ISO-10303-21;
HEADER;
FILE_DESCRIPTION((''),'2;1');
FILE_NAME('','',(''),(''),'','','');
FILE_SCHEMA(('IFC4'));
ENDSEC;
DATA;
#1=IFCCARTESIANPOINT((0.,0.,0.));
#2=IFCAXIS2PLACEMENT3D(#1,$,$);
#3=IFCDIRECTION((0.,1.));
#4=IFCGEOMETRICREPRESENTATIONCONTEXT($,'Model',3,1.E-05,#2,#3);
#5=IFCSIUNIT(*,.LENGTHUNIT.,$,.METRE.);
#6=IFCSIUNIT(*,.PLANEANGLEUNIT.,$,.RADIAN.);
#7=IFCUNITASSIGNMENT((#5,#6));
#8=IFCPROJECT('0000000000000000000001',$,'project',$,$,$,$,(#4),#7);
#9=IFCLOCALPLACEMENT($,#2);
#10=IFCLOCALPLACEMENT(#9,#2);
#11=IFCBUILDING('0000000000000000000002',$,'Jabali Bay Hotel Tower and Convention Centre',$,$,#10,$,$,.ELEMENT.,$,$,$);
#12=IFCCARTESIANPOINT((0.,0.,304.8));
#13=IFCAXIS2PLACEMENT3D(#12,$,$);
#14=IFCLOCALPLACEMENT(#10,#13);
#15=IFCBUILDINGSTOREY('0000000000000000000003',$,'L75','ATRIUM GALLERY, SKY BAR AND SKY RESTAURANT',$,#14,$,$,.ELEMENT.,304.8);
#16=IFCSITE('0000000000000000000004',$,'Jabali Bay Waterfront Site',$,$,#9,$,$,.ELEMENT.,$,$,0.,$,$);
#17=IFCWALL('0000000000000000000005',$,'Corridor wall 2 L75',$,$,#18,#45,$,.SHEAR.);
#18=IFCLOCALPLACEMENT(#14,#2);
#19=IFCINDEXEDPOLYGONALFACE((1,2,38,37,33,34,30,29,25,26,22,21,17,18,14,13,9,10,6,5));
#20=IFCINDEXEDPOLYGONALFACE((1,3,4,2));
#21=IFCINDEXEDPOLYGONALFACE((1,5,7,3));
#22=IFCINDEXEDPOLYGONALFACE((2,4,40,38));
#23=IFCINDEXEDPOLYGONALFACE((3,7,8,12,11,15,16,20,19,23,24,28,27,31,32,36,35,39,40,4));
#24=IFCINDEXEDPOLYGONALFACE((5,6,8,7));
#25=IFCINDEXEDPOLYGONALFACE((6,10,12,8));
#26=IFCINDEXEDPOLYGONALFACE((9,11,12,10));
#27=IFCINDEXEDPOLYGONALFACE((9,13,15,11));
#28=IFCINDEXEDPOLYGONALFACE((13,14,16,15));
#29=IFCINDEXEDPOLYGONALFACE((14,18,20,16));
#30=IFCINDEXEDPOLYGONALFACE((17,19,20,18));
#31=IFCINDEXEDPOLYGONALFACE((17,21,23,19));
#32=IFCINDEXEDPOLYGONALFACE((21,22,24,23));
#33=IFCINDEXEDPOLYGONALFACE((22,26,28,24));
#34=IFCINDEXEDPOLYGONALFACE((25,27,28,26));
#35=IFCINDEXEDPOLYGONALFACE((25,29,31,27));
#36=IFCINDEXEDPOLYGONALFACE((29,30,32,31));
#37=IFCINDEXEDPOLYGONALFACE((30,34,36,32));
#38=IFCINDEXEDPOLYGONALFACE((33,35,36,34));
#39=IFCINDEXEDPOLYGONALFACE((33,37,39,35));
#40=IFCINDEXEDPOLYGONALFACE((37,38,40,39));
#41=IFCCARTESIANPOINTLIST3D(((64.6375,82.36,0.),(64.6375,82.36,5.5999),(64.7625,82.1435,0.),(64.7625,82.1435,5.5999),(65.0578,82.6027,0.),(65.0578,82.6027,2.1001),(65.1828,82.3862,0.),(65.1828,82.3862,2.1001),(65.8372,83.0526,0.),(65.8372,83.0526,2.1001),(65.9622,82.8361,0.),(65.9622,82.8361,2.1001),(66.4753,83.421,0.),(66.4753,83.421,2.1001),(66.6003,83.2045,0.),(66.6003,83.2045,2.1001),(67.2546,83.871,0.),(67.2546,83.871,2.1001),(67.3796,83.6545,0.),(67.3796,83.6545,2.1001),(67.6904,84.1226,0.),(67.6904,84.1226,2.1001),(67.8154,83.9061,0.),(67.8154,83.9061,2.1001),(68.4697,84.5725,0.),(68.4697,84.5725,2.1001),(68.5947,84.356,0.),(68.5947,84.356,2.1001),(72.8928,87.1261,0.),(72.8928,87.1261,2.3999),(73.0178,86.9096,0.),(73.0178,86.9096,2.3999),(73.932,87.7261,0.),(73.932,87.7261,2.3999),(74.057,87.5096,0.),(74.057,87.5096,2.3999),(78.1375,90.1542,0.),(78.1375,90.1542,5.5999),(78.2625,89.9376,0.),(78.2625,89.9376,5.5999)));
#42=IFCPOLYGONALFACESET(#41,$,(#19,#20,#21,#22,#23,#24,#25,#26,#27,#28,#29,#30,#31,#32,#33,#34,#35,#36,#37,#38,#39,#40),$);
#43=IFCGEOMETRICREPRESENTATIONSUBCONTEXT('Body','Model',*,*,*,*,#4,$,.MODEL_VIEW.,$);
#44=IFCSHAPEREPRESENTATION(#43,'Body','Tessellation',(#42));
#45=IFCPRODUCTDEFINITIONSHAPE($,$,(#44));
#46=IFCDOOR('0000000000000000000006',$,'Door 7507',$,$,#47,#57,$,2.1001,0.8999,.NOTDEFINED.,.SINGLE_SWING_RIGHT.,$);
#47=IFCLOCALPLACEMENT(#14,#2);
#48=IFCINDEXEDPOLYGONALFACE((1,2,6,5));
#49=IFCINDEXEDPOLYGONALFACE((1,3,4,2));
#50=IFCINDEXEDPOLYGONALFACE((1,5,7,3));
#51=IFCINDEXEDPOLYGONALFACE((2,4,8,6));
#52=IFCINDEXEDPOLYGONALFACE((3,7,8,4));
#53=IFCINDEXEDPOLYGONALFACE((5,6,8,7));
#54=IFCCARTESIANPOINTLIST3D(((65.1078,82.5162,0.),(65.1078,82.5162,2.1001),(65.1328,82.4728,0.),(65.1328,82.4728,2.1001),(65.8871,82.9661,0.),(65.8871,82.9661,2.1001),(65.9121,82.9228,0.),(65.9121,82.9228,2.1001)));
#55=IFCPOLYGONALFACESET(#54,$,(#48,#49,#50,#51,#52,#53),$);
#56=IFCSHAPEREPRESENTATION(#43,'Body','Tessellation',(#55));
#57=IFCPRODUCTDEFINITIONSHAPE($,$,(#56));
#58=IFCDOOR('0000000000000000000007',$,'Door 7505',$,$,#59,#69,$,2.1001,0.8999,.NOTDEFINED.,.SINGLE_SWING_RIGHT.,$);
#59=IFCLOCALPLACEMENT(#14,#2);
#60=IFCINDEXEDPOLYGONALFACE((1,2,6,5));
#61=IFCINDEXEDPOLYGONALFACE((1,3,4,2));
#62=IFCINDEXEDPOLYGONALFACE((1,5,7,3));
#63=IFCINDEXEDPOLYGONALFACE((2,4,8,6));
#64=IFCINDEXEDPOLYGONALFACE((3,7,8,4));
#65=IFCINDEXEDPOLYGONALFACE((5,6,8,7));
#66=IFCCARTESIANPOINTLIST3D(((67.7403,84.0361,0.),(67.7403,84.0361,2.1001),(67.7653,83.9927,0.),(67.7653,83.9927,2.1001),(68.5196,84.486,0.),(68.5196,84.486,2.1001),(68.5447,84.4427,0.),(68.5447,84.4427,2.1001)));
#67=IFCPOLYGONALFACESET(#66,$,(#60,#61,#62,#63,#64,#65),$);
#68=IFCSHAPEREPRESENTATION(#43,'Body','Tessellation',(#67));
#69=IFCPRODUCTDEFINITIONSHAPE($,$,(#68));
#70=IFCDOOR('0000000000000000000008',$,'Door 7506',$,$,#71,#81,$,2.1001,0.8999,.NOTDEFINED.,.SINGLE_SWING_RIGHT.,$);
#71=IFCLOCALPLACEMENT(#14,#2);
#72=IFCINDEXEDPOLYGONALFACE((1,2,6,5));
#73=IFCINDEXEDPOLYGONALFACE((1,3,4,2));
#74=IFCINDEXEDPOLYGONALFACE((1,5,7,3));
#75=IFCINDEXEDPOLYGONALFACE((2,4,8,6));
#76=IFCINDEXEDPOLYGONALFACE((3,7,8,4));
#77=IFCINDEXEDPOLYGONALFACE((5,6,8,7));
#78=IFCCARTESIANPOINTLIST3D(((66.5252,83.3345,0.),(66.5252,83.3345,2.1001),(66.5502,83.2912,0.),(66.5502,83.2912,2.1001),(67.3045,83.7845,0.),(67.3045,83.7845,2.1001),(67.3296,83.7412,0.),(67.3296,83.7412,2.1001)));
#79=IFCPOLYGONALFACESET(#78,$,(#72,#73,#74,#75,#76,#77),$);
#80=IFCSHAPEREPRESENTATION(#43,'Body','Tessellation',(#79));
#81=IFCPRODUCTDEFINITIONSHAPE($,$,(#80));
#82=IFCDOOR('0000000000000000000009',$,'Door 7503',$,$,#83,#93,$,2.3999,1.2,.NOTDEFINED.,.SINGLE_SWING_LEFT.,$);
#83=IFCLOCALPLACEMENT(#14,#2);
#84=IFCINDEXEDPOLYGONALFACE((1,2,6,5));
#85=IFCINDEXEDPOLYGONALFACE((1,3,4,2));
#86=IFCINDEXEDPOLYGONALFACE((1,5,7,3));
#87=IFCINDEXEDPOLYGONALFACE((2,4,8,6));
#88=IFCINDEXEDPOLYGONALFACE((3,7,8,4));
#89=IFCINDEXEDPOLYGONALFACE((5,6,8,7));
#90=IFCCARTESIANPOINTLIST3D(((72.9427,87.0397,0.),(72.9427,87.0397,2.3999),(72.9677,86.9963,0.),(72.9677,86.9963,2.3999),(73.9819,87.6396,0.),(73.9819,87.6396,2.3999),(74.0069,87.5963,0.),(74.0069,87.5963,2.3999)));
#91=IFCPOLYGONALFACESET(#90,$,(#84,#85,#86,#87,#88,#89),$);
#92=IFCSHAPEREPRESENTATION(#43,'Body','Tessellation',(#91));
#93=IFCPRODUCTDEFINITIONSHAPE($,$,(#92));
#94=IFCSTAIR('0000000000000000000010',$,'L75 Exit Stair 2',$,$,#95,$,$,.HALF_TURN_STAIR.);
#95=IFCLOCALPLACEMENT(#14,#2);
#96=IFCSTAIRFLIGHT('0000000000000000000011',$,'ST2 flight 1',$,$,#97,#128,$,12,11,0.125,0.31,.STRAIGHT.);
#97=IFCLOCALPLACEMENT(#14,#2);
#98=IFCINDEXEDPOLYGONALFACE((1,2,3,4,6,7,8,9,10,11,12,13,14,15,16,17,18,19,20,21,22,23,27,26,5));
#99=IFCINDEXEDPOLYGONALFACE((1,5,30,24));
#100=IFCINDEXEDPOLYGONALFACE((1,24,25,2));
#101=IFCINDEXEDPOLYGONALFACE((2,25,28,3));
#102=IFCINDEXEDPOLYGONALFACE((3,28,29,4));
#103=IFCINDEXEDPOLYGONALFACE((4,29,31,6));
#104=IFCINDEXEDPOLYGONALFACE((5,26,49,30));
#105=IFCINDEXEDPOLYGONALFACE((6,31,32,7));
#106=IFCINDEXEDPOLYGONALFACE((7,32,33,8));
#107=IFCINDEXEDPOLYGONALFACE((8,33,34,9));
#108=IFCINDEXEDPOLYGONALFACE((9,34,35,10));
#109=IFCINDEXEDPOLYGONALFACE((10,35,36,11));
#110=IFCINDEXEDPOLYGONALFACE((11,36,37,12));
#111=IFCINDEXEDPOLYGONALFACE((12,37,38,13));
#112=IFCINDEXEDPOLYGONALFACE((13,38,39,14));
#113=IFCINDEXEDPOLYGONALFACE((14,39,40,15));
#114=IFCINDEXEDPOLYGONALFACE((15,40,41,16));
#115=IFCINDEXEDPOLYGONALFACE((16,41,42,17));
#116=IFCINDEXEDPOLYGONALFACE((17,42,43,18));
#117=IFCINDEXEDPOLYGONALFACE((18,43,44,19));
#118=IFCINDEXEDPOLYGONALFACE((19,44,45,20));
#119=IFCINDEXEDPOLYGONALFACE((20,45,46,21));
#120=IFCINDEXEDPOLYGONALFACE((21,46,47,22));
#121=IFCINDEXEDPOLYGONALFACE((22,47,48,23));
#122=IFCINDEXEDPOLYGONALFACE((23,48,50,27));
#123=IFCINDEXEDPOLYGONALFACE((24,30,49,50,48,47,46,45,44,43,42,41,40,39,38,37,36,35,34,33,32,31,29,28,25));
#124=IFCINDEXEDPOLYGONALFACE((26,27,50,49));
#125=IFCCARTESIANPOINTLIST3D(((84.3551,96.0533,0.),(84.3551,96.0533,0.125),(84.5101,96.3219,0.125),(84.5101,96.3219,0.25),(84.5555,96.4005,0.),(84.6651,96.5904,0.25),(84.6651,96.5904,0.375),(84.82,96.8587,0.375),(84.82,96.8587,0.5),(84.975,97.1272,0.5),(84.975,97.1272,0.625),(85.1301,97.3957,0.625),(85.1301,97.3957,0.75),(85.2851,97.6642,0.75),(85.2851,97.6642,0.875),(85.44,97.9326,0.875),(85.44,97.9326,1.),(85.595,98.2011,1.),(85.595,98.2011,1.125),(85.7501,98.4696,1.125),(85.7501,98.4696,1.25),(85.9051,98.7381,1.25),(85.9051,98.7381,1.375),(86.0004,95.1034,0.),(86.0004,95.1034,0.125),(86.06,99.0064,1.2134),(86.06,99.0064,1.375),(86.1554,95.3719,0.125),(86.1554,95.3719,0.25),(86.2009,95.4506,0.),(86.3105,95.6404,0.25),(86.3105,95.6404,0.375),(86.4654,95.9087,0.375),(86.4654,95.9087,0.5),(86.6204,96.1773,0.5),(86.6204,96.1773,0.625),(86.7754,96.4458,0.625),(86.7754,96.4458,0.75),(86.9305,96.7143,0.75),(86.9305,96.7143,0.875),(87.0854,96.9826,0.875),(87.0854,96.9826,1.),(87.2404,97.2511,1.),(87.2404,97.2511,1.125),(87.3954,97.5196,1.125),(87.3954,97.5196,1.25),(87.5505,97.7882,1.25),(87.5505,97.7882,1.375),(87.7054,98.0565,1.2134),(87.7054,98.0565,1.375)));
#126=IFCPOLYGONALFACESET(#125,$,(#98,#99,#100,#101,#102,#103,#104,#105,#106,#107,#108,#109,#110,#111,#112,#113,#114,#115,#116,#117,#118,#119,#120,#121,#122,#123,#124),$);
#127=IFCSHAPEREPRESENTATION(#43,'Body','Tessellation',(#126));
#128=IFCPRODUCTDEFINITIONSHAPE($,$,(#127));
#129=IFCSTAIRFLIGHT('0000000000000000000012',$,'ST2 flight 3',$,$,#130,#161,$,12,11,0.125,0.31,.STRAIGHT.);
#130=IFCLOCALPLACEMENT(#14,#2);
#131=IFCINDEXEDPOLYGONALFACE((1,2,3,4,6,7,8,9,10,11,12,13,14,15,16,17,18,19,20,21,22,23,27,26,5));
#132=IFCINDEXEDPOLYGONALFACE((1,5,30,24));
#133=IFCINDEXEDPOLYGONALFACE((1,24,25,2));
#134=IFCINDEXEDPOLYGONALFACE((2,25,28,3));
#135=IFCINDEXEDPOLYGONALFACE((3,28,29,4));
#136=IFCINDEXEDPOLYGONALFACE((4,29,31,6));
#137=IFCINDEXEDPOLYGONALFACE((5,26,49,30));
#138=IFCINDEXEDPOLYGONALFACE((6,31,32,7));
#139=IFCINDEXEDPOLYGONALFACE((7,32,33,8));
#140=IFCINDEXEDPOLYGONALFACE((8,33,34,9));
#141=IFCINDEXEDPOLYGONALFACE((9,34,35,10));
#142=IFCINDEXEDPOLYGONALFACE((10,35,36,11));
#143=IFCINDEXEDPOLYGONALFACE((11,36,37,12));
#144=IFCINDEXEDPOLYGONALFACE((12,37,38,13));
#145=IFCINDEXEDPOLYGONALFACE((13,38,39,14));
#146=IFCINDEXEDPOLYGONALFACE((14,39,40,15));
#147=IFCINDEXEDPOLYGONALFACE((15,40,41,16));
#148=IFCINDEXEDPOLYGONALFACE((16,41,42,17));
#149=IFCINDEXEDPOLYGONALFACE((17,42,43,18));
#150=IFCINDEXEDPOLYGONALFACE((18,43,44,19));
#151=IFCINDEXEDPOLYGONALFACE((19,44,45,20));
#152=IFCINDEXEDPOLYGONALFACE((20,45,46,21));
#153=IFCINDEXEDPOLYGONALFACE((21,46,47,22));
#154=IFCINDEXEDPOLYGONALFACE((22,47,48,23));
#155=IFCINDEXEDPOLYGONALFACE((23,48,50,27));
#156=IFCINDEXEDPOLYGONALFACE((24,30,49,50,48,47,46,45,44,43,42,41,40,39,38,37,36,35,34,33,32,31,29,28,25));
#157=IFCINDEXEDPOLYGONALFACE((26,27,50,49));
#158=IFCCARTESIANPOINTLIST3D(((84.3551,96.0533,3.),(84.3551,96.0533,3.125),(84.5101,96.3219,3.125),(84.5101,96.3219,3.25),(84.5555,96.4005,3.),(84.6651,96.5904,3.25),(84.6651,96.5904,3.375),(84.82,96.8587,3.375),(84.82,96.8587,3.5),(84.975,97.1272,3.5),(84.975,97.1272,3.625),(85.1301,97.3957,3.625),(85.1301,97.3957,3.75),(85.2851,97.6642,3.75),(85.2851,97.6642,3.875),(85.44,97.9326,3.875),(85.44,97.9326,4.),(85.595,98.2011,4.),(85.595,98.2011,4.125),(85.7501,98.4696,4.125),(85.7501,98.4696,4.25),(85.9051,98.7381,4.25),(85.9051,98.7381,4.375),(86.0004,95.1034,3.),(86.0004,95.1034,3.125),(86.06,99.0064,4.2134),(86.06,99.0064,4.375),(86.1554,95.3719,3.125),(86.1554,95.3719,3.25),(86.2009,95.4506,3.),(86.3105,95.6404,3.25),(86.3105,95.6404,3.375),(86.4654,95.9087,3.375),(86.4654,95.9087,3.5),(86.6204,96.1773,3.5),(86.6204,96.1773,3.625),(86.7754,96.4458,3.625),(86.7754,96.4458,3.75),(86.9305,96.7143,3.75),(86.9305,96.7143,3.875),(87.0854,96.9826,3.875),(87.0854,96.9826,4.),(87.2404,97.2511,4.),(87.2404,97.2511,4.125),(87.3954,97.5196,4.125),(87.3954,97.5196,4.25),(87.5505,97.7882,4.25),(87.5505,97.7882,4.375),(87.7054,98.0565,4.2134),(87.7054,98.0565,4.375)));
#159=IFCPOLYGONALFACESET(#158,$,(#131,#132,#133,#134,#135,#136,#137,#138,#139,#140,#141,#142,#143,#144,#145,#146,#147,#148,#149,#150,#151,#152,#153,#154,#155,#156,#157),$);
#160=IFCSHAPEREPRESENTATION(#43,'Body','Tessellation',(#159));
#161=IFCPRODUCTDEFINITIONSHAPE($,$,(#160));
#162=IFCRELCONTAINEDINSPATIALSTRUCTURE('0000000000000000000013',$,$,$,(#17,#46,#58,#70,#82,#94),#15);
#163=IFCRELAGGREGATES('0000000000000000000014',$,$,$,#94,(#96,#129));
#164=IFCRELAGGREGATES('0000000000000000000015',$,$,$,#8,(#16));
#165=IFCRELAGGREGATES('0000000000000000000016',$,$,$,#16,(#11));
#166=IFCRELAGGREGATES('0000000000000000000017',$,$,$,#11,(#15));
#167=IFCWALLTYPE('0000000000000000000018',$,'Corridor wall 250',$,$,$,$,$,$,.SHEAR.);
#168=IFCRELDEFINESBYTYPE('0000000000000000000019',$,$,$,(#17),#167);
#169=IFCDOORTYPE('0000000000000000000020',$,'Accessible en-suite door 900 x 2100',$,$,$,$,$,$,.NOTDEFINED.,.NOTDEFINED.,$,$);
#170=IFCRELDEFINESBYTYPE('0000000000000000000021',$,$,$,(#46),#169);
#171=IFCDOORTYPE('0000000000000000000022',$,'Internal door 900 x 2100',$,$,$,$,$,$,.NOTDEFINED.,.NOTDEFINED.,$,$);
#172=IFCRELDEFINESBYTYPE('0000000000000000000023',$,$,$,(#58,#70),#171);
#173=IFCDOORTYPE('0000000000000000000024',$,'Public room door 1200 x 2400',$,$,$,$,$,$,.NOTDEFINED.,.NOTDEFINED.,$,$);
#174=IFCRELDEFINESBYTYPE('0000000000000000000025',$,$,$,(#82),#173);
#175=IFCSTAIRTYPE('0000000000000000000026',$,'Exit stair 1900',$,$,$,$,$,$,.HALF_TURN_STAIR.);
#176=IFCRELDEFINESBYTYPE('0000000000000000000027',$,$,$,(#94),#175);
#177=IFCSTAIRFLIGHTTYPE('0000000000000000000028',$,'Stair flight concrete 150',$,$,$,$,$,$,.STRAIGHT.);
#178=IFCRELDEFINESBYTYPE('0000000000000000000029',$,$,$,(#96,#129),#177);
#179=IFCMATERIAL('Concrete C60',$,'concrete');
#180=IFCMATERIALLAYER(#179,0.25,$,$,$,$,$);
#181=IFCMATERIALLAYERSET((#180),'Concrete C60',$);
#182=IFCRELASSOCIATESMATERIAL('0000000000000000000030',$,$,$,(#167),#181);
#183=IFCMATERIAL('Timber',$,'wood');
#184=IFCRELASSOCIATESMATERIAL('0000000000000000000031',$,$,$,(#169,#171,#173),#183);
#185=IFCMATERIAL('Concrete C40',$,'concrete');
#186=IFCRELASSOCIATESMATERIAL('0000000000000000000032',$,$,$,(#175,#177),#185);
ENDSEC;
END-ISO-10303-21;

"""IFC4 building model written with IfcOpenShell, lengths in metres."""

from ifc_helpers import new_model, si_unit, direction, frame, frame_2d, origin, place, context, subcontext, project, spatial, polyline, rectangle, outline, extrude, material, layer, layer_set, type_object, element, fill, aggregate, save


model = new_model("IFC4")

# Units and contexts
model_context = context("Model", 3, precision=1e-05, world=origin(), true_north=direction((0.0, 1.0)))
body_context = subcontext(model_context, "Body", "Model", "MODEL_VIEW")
ifc_project = project(units=[si_unit("LENGTHUNIT", "METRE"), si_unit("PLANEANGLEUNIT", "RADIAN")], contexts=[model_context])

# Site, building, storey
site_placement = place(None, origin())
site = spatial("IfcSite", under=ifc_project, at=site_placement, Name="Jabali Bay Waterfront Site", CompositionType="ELEMENT", RefElevation=0.0)
building_placement = place(site_placement, origin())
building = spatial("IfcBuilding", under=site, at=building_placement, Name="Jabali Bay Hotel Tower and Convention Centre", CompositionType="ELEMENT")
storey_placement = place(building_placement, frame((0.0, 0.0, 304.8)))
storey = spatial("IfcBuildingStorey", under=building, at=storey_placement, Name="L75", Description="ATRIUM GALLERY, SKY BAR AND SKY RESTAURANT", CompositionType="ELEMENT", Elevation=304.8)

# Shared definitions
ifc_material_1 = material(Name="Concrete C40", Category="concrete")

# Wall, openings, doors
ifc_material_2 = material(Name="Concrete C60", Category="concrete")
ifc_layer_1 = layer(ifc_material_2, 0.25)
ifc_layer_set_1 = layer_set([ifc_layer_1], Name="Concrete C60")
wall_type_1 = type_object("IfcWallType", Name="Corridor wall 250", PredefinedType="SHEAR", material=ifc_layer_set_1)
wall_1_placement = place(storey_placement, frame((78.2, 90.0459, 0.0), z_axis=(0.0, 0.0, 1.0), x_axis=(-0.866026, -0.499998, 0.0)))
wall_1 = element("IfcWall", 1, at=wall_1_placement, inside=storey, type_object=wall_type_1, Name="Corridor wall 2 L75", PredefinedType="SHEAR", context=body_context, shape_type="SweptSolid", body=[
    extrude(rectangle(XDim=15.5884, YDim=0.25, at=frame_2d((7.7942, 0.0))), origin(), (0.0, 0.0, 1.0), 5.5999),
])
opening_1_placement = place(wall_1_placement, frame((4.856, 0.0, 0.0)))
opening_1 = element("IfcOpeningElement", 2, at=opening_1_placement, cuts=wall_1, PredefinedType="OPENING", context=body_context, shape_type="SweptSolid", body=[
    extrude(rectangle(XDim=1.2, YDim=2.3999, at=frame_2d((0.6001, 1.2))), frame((0.0, 0.1355, 0.0), z_axis=(0.0, -1.0, 0.0), x_axis=(1.0, 0.0, 0.0)), (0.0, 0.0, 1.0), 0.271),
])
opening_2_placement = place(wall_1_placement, frame((11.1633, 0.0, 0.0)))
opening_2 = element("IfcOpeningElement", 3, at=opening_2_placement, cuts=wall_1, PredefinedType="OPENING", context=body_context, shape_type="SweptSolid", body=[
    extrude(rectangle(XDim=0.8999, YDim=2.1001, at=frame_2d((0.45, 1.05))), frame((0.0, 0.1355, 0.0), z_axis=(0.0, -1.0, 0.0), x_axis=(1.0, 0.0, 0.0)), (0.0, 0.0, 1.0), 0.271),
])
opening_3_placement = place(wall_1_placement, frame((12.5664, 0.0, 0.0)))
opening_3 = element("IfcOpeningElement", 4, at=opening_3_placement, cuts=wall_1, PredefinedType="OPENING", context=body_context, shape_type="SweptSolid", body=[
    extrude(rectangle(XDim=0.8999, YDim=2.1001, at=frame_2d((0.45, 1.05))), frame((0.0, 0.1355, 0.0), z_axis=(0.0, -1.0, 0.0), x_axis=(1.0, 0.0, 0.0)), (0.0, 0.0, 1.0), 0.271),
])
opening_4_placement = place(wall_1_placement, frame((14.2031, 0.0, 0.0)))
opening_4 = element("IfcOpeningElement", 5, at=opening_4_placement, cuts=wall_1, PredefinedType="OPENING", context=body_context, shape_type="SweptSolid", body=[
    extrude(rectangle(XDim=0.8999, YDim=2.1001, at=frame_2d((0.45, 1.05))), frame((0.0, 0.1355, 0.0), z_axis=(0.0, -1.0, 0.0), x_axis=(1.0, 0.0, 0.0)), (0.0, 0.0, 1.0), 0.271),
])
ifc_material_3 = material(Name="Timber", Category="wood")
door_type_1 = type_object("IfcDoorType", Name="Accessible en-suite door 900 x 2100", OperationType="NOTDEFINED", PredefinedType="NOTDEFINED", material=ifc_material_3)
door_1_placement = place(opening_4_placement, origin())
door_1 = element("IfcDoor", 6, at=door_1_placement, inside=storey, type_object=door_type_1, Name="Door 7507", OperationType="SINGLE_SWING_RIGHT", OverallHeight=2.1001, OverallWidth=0.8999, PredefinedType="NOTDEFINED", context=body_context, shape_type="SweptSolid", body=[
    extrude(rectangle(XDim=0.8999, YDim=2.1001, at=frame_2d((0.45, 1.05))), frame((0.0, 0.0249, 0.0), z_axis=(0.0, -1.0, 0.0), x_axis=(1.0, 0.0, 0.0)), (0.0, 0.0, 1.0), 0.05),
])
fill(opening_4, door_1)
door_type_2 = type_object("IfcDoorType", Name="Internal door 900 x 2100", OperationType="NOTDEFINED", PredefinedType="NOTDEFINED", material=ifc_material_3)
door_2_placement = place(opening_2_placement, origin())
door_2 = element("IfcDoor", 7, at=door_2_placement, inside=storey, type_object=door_type_2, Name="Door 7505", OperationType="SINGLE_SWING_RIGHT", OverallHeight=2.1001, OverallWidth=0.8999, PredefinedType="NOTDEFINED", context=body_context, shape_type="SweptSolid", body=[
    extrude(rectangle(XDim=0.8999, YDim=2.1001, at=frame_2d((0.45, 1.05))), frame((0.0, 0.0249, 0.0), z_axis=(0.0, -1.0, 0.0), x_axis=(1.0, 0.0, 0.0)), (0.0, 0.0, 1.0), 0.05),
])
fill(opening_2, door_2)
door_3_placement = place(opening_3_placement, origin())
door_3 = element("IfcDoor", 8, at=door_3_placement, inside=storey, type_object=door_type_2, Name="Door 7506", OperationType="SINGLE_SWING_RIGHT", OverallHeight=2.1001, OverallWidth=0.8999, PredefinedType="NOTDEFINED", context=body_context, shape_type="SweptSolid", body=[
    extrude(rectangle(XDim=0.8999, YDim=2.1001, at=frame_2d((0.45, 1.05))), frame((0.0, 0.0249, 0.0), z_axis=(0.0, -1.0, 0.0), x_axis=(1.0, 0.0, 0.0)), (0.0, 0.0, 1.0), 0.05),
])
fill(opening_3, door_3)
door_type_3 = type_object("IfcDoorType", Name="Public room door 1200 x 2400", OperationType="NOTDEFINED", PredefinedType="NOTDEFINED", material=ifc_material_3)
door_4_placement = place(opening_1_placement, origin())
door_4 = element("IfcDoor", 9, at=door_4_placement, inside=storey, type_object=door_type_3, Name="Door 7503", OperationType="SINGLE_SWING_LEFT", OverallHeight=2.3999, OverallWidth=1.2, PredefinedType="NOTDEFINED", context=body_context, shape_type="SweptSolid", body=[
    extrude(rectangle(XDim=1.2, YDim=2.3999, at=frame_2d((0.6001, 1.2))), frame((0.0, 0.0249, 0.0), z_axis=(0.0, -1.0, 0.0), x_axis=(1.0, 0.0, 0.0)), (0.0, 0.0, 1.0), 0.05),
])
fill(opening_1, door_4)

# Stair, stair flights
stair_type = type_object("IfcStairType", Name="Exit stair 1900", PredefinedType="HALF_TURN_STAIR", material=ifc_material_1)
stair_placement = place(storey_placement, origin())
stair = element("IfcStair", 10, at=stair_placement, inside=storey, type_object=stair_type, Name="L75 Exit Stair 2", PredefinedType="HALF_TURN_STAIR")
stair_flight_type = type_object("IfcStairFlightType", Name="Stair flight concrete 150", PredefinedType="STRAIGHT", material=ifc_material_1)
stair_flight_1_placement = place(storey_placement, frame((85.1777, 95.5784, 0.0), z_axis=(0.0, 0.0, 1.0), x_axis=(0.5, 0.866025, 0.0)))
stair_flight_1 = element("IfcStairFlight", 11, at=stair_flight_1_placement, type_object=stair_flight_type, Name="ST2 flight 1", NumberOfRisers=12, NumberOfTreads=11, PredefinedType="STRAIGHT", RiserHeight=0.125, TreadLength=0.31, context=body_context, shape_type="SweptSolid", body=[
    extrude(outline(polyline([(0.0, 0.0), (0.0, 0.125), (0.3101, 0.125), (0.3101, 0.25), (0.6201, 0.25), (0.6201, 0.375), (0.9299, 0.375), (0.9299, 0.5), (1.24, 0.5), (1.24, 0.625), (1.55, 0.625), (1.55, 0.75), (1.8601, 0.75), (1.8601, 0.875), (2.1699, 0.875), (2.1699, 1.0), (2.48, 1.0), (2.48, 1.125), (2.79, 1.125), (2.79, 1.25), (3.1001, 1.25), (3.1001, 1.375), (3.4099, 1.375), (3.4099, 1.5), (3.4099, 1.2134), (0.4009, 0.0), (0.0, 0.0)])), frame((0.0, 0.95, 0.0), z_axis=(0.0, -1.0, 0.0), x_axis=(1.0, 0.0, 0.0)), (0.0, 0.0, 1.0), 1.8999),
])
stair_flight_2_placement = place(storey_placement, frame((85.1777, 95.5784, 3.0), z_axis=(0.0, 0.0, 1.0), x_axis=(0.5, 0.866025, 0.0)))
stair_flight_2 = element("IfcStairFlight", 12, at=stair_flight_2_placement, type_object=stair_flight_type, Name="ST2 flight 3", NumberOfRisers=12, NumberOfTreads=11, PredefinedType="STRAIGHT", RiserHeight=0.125, TreadLength=0.31, context=body_context, shape_type="SweptSolid", body=[
    extrude(outline(polyline([(0.0, 0.0), (0.0, 0.125), (0.3101, 0.125), (0.3101, 0.25), (0.6201, 0.25), (0.6201, 0.375), (0.9299, 0.375), (0.9299, 0.5), (1.24, 0.5), (1.24, 0.625), (1.55, 0.625), (1.55, 0.75), (1.8601, 0.75), (1.8601, 0.875), (2.1699, 0.875), (2.1699, 1.0), (2.48, 1.0), (2.48, 1.125), (2.79, 1.125), (2.79, 1.25), (3.1001, 1.25), (3.1001, 1.375), (3.4099, 1.375), (3.4099, 1.5), (3.4099, 1.2134), (0.4009, 0.0), (0.0, 0.0)])), frame((0.0, 0.95, 0.0), z_axis=(0.0, -1.0, 0.0), x_axis=(1.0, 0.0, 0.0)), (0.0, 0.0, 1.0), 1.8999),
])
aggregate(stair, [stair_flight_1, stair_flight_2])

save(model, "model.ifc")
